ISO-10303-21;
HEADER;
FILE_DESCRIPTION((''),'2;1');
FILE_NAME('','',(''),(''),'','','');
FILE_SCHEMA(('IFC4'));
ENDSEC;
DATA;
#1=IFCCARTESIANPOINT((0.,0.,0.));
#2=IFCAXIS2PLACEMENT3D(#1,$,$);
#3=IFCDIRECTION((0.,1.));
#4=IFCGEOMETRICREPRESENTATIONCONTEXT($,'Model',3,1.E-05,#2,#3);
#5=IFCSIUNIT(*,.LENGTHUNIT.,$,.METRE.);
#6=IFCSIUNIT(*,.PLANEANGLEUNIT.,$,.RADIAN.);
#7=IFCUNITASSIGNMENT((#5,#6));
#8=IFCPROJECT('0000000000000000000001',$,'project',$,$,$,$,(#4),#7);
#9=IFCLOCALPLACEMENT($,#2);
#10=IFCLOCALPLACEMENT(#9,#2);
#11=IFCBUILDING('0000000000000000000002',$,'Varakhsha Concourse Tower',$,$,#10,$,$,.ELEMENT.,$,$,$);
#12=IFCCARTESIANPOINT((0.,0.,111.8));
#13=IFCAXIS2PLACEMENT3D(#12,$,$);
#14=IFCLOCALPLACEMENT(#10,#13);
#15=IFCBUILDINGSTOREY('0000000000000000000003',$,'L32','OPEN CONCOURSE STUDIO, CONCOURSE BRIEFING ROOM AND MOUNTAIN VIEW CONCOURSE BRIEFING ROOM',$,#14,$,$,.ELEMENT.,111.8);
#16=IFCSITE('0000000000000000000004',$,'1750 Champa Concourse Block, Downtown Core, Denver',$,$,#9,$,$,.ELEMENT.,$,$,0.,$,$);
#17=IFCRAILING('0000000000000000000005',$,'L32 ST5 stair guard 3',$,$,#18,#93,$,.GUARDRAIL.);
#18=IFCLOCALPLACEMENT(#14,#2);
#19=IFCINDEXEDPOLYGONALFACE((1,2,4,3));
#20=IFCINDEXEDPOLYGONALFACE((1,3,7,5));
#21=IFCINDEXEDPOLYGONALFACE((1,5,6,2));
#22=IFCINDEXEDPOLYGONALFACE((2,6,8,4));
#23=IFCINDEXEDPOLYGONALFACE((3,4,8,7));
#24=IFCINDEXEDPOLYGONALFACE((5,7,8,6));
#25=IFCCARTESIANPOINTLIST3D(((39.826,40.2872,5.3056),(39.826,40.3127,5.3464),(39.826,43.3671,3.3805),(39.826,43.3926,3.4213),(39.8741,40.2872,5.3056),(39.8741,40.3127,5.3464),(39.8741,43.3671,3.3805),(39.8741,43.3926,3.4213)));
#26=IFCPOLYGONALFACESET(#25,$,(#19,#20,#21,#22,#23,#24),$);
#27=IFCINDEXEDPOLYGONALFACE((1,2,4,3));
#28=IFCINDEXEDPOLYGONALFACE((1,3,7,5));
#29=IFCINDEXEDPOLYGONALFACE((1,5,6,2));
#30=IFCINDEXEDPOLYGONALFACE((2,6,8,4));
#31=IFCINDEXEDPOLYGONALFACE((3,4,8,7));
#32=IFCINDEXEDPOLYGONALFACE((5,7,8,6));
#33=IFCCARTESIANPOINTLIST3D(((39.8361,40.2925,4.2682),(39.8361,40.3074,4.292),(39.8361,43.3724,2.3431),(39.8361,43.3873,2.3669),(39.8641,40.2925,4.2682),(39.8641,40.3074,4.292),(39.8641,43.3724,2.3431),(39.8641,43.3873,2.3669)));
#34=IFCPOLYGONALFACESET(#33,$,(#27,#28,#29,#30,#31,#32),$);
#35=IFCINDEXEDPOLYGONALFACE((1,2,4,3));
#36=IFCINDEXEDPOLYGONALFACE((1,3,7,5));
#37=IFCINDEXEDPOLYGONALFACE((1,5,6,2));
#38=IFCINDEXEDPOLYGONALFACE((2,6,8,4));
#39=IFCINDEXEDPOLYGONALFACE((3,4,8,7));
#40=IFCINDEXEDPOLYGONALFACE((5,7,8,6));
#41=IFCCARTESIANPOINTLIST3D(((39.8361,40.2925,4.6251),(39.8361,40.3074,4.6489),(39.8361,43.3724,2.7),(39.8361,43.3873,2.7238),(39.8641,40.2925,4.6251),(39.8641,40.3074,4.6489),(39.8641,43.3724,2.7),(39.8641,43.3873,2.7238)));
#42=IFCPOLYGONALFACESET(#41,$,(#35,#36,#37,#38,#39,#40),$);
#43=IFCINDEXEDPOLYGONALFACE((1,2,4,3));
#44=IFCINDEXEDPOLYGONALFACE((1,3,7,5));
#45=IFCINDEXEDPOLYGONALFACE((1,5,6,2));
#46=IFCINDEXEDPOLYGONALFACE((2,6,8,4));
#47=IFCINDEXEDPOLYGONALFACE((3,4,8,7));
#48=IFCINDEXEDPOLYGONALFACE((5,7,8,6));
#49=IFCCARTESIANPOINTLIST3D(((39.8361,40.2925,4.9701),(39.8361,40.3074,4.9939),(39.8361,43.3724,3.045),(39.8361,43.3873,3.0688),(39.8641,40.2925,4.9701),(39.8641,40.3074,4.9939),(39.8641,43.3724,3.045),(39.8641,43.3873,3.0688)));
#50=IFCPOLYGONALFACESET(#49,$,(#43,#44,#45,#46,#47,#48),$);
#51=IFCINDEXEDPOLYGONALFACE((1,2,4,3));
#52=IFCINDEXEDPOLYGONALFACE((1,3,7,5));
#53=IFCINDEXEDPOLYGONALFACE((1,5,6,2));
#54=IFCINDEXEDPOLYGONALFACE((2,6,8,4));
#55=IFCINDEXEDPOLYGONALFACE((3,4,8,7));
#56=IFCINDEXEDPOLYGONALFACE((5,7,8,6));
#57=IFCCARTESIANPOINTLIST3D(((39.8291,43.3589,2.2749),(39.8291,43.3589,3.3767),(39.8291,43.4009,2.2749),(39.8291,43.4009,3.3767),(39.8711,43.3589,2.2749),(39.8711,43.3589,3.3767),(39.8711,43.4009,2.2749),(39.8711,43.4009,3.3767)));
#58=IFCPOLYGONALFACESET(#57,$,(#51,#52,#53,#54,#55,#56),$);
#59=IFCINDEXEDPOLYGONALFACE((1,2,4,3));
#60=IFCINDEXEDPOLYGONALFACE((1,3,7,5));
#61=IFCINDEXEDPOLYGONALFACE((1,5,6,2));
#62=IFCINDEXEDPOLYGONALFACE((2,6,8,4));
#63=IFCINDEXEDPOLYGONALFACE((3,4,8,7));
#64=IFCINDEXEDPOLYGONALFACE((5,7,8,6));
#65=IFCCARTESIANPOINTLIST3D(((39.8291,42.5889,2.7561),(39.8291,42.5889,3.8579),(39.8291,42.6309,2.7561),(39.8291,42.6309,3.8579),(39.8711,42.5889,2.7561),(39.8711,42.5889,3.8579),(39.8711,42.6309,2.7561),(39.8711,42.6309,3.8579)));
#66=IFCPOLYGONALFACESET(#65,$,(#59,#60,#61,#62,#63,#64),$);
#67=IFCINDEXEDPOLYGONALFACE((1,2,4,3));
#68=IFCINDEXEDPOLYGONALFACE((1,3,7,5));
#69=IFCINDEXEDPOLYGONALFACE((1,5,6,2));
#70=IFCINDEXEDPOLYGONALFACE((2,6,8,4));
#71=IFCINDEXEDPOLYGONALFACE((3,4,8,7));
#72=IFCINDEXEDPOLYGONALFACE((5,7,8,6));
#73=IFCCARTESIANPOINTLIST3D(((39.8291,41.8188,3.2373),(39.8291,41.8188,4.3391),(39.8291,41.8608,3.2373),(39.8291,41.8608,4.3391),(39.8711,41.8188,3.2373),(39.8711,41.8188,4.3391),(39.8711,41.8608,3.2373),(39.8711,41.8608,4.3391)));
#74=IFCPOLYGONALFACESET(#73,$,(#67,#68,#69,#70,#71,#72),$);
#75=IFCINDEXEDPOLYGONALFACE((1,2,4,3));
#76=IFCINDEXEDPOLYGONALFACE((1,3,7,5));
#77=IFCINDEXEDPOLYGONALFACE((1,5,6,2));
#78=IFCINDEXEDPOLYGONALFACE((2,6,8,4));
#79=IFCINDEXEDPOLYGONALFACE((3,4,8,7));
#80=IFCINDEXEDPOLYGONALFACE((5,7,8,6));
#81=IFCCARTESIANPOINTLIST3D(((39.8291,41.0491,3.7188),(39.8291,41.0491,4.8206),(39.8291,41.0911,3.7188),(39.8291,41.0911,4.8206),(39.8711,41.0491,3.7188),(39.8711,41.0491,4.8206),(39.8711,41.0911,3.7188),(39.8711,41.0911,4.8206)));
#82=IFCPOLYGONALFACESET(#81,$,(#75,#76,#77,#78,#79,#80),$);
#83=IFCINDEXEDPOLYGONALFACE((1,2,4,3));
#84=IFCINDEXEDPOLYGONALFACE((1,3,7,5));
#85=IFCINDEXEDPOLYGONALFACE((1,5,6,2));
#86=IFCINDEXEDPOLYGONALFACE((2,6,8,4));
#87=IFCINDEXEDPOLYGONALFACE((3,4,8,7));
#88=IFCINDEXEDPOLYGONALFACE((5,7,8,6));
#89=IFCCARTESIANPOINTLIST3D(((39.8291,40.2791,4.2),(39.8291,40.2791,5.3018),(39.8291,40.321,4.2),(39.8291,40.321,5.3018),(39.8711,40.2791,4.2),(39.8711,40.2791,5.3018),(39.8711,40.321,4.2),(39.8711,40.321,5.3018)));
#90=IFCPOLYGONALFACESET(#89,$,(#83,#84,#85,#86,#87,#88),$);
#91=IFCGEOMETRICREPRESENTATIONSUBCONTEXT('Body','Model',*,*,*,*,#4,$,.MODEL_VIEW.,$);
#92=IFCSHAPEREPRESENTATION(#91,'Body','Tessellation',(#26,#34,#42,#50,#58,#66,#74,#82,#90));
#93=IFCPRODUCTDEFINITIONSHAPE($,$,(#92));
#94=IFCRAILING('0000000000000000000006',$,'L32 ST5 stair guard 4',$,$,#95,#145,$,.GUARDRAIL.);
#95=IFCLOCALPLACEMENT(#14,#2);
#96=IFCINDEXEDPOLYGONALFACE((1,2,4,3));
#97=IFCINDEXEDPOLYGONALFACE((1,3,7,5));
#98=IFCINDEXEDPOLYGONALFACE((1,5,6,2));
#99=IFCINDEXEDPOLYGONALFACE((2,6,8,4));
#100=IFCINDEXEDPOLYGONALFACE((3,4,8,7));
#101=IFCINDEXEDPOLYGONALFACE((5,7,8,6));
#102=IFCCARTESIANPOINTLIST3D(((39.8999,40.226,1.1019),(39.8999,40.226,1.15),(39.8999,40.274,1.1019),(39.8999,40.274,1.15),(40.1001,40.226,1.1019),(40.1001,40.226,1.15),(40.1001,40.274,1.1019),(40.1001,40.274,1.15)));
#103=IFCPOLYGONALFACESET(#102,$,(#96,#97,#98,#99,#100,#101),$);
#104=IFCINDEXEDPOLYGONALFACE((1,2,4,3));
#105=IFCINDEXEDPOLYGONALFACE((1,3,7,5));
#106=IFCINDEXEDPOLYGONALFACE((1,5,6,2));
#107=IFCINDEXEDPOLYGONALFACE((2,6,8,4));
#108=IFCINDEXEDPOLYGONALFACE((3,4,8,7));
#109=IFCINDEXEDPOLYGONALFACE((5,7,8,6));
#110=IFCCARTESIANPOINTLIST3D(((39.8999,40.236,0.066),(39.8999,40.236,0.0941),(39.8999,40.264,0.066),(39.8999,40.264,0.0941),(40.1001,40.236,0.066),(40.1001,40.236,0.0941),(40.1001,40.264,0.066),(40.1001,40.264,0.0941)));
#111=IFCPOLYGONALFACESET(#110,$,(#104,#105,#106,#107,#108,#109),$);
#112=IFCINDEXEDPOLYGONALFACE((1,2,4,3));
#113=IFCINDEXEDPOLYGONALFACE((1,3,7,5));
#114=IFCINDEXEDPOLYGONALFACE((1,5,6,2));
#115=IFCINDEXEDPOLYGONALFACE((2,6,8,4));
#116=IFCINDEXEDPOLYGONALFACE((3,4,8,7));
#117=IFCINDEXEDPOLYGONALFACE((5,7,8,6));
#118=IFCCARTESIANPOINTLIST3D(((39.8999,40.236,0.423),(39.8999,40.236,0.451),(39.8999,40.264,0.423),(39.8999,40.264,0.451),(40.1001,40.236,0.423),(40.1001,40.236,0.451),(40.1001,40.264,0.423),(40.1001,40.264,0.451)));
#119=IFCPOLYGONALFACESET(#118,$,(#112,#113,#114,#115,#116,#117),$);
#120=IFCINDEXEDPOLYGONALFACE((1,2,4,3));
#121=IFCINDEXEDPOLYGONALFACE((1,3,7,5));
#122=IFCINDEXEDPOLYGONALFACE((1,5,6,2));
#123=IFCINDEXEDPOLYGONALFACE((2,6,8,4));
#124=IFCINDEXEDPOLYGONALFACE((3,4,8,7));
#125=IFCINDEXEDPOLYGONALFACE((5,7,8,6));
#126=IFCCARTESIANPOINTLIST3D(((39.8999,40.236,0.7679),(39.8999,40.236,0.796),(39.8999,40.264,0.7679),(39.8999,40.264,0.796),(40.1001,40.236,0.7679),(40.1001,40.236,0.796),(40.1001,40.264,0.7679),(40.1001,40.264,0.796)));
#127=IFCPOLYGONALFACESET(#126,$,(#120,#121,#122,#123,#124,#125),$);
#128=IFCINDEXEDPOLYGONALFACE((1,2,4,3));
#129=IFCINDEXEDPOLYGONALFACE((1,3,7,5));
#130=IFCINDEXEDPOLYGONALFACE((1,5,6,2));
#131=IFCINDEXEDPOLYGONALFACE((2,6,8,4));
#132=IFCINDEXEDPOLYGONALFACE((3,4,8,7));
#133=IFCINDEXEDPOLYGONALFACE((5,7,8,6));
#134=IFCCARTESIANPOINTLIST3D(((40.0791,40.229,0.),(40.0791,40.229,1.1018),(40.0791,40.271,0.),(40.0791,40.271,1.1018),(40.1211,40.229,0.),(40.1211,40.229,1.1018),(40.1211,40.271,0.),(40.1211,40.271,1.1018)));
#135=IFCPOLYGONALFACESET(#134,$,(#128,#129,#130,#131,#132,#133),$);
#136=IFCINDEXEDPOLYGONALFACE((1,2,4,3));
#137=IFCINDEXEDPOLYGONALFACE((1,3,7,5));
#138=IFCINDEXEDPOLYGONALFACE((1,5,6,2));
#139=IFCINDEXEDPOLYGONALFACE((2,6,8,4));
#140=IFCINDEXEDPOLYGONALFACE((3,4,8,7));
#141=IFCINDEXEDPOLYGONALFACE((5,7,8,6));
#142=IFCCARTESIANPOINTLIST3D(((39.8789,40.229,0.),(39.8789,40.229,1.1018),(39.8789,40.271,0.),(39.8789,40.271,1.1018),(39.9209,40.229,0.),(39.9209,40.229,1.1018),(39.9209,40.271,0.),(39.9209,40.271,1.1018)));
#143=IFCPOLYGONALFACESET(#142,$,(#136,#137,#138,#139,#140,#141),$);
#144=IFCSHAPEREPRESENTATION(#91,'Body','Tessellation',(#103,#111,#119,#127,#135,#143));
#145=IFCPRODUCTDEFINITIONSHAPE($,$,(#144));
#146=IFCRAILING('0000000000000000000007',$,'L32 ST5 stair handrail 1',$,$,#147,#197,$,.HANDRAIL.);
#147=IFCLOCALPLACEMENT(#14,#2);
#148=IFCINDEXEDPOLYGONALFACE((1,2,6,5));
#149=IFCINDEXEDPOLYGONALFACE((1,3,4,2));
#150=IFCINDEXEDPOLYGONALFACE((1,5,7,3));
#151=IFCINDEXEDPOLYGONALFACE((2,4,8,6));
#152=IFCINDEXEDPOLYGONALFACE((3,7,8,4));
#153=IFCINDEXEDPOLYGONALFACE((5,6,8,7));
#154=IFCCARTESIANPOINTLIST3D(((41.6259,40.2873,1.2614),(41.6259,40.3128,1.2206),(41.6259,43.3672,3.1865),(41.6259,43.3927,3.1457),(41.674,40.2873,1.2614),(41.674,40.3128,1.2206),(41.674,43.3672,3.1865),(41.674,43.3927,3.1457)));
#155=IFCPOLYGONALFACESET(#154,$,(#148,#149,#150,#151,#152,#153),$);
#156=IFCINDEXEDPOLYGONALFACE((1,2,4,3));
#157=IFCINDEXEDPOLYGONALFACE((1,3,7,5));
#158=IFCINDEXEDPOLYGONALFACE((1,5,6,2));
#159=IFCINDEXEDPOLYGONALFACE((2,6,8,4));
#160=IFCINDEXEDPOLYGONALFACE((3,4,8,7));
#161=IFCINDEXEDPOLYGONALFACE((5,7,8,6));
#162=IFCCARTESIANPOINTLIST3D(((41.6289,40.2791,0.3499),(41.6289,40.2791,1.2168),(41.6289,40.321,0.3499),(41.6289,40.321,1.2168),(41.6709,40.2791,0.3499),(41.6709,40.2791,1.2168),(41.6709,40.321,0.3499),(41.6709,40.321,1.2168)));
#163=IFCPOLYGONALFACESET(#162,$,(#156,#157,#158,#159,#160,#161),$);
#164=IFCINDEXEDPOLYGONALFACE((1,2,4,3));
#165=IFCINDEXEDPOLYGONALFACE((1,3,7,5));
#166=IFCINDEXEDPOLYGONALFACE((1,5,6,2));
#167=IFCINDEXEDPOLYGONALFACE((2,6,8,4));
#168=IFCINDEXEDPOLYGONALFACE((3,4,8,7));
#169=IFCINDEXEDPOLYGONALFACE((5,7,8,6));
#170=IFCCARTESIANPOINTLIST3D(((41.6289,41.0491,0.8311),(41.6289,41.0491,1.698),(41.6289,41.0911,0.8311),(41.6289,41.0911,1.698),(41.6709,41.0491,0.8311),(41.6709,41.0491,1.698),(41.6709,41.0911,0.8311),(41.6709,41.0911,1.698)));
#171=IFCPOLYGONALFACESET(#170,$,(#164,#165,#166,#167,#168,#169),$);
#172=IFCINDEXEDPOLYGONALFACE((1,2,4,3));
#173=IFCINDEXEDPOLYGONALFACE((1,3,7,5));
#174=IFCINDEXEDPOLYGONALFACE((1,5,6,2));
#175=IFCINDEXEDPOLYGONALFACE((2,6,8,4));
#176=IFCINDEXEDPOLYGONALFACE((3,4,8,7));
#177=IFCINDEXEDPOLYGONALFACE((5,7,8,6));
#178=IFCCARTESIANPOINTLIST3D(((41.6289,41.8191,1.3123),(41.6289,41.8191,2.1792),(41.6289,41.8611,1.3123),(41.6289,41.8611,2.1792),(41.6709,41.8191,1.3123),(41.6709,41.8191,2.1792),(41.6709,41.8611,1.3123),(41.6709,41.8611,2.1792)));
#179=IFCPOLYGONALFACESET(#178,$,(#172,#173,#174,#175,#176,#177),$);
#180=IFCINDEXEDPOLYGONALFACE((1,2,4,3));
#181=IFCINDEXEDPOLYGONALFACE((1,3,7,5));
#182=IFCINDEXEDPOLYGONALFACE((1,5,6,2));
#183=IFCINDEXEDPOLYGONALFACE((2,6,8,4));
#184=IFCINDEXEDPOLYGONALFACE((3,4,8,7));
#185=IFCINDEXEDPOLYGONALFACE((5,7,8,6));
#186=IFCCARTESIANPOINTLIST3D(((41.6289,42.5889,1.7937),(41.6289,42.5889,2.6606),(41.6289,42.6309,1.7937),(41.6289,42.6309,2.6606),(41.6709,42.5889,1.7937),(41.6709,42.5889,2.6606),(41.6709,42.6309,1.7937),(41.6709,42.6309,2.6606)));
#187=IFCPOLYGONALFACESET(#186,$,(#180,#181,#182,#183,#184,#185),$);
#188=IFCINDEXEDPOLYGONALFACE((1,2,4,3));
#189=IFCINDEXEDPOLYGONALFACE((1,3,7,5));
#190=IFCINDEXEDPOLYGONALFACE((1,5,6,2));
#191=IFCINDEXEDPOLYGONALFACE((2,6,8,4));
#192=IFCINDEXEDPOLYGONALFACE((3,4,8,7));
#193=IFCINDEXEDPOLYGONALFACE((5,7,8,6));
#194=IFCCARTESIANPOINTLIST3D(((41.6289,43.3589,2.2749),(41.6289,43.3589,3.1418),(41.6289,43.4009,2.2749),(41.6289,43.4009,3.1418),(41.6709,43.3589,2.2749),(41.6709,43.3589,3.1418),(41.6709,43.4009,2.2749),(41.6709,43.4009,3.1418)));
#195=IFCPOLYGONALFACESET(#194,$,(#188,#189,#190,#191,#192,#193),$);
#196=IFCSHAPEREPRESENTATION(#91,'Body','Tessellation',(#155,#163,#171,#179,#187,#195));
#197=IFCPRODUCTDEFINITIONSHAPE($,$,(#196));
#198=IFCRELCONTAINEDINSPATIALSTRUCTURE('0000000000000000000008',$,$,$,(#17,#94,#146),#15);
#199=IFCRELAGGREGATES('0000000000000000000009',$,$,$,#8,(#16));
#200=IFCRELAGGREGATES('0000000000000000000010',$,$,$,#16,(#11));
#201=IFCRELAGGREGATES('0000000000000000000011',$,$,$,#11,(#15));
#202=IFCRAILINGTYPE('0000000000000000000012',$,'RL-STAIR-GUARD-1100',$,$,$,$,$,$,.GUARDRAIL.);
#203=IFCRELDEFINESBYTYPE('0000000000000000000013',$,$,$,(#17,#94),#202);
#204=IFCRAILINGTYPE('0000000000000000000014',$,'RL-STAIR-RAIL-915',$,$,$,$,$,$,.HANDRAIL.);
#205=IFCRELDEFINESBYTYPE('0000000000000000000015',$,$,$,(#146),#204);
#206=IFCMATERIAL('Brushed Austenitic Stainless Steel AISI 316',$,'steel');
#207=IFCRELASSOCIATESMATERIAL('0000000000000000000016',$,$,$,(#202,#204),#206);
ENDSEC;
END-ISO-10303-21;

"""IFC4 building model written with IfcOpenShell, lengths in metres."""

from ifc_helpers import new_model, si_unit, direction, frame, origin, origin_2d, place, context, subcontext, project, spatial, rectangle, extrude, material, type_object, element, save


model = new_model("IFC4")

# Units and contexts
model_context = context("Model", 3, precision=1e-05, world=origin(), true_north=direction((0.0, 1.0)))
body_context = subcontext(model_context, "Body", "Model", "MODEL_VIEW")
ifc_project = project(units=[si_unit("LENGTHUNIT", "METRE"), si_unit("PLANEANGLEUNIT", "RADIAN")], contexts=[model_context])

# Site, building, storey
site_placement = place(None, origin())
site = spatial("IfcSite", under=ifc_project, at=site_placement, Name="1750 Champa Concourse Block, Downtown Core, Denver", CompositionType="ELEMENT", RefElevation=0.0)
building_placement = place(site_placement, origin())
building = spatial("IfcBuilding", under=site, at=building_placement, Name="Varakhsha Concourse Tower", CompositionType="ELEMENT")
storey_placement = place(building_placement, frame((0.0, 0.0, 111.8)))
storey = spatial("IfcBuildingStorey", under=building, at=storey_placement, Name="L32", Description="OPEN CONCOURSE STUDIO, CONCOURSE BRIEFING ROOM AND MOUNTAIN VIEW CONCOURSE BRIEFING ROOM", CompositionType="ELEMENT", Elevation=111.8)

# Railings
ifc_material_1 = material(Name="Brushed Austenitic Stainless Steel AISI 316", Category="steel")
railing_type_1 = type_object("IfcRailingType", Name="RL-STAIR-GUARD-1100", PredefinedType="GUARDRAIL", material=ifc_material_1)
railing_1_placement = place(storey_placement, frame((39.8501, 43.3799, 2.2749)))
element("IfcRailing", 1, at=railing_1_placement, inside=storey, type_object=railing_type_1, Name="L32 ST5 stair guard 3", PredefinedType="GUARDRAIL", context=body_context, shape_type="SweptSolid", body=[
    extrude(rectangle(XDim=0.0481, YDim=0.0481, at=origin_2d()), frame((0.0, 0.0, 1.126), z_axis=(0.0, -0.847979, 0.530029), x_axis=(1.0, 0.0, 0.0)), (0.0, 0.0, 1.0), 3.6321),
    extrude(rectangle(XDim=0.0281, YDim=0.0281, at=origin_2d()), frame((0.0, 0.0, 0.0801), z_axis=(0.0, -0.847979, 0.530029), x_axis=(1.0, 0.0, 0.0)), (0.0, 0.0, 1.0), 3.6321),
    extrude(rectangle(XDim=0.0281, YDim=0.0281, at=origin_2d()), frame((0.0, 0.0, 0.437), z_axis=(0.0, -0.847979, 0.530029), x_axis=(1.0, 0.0, 0.0)), (0.0, 0.0, 1.0), 3.6321),
    extrude(rectangle(XDim=0.0281, YDim=0.0281, at=origin_2d()), frame((0.0, 0.0, 0.782), z_axis=(0.0, -0.847979, 0.530029), x_axis=(1.0, 0.0, 0.0)), (0.0, 0.0, 1.0), 3.6321),
    extrude(rectangle(XDim=0.042, YDim=0.042, at=origin_2d()), origin(), (0.0, 0.0, 1.0), 1.1018),
    extrude(rectangle(XDim=0.042, YDim=0.042, at=origin_2d()), frame((0.0, -0.77, 0.4812)), (0.0, 0.0, 1.0), 1.1018),
    extrude(rectangle(XDim=0.042, YDim=0.042, at=origin_2d()), frame((0.0, -1.54, 0.9624)), (0.0, 0.0, 1.0), 1.1018),
    extrude(rectangle(XDim=0.042, YDim=0.042, at=origin_2d()), frame((0.0, -2.3098, 1.4438)), (0.0, 0.0, 1.0), 1.1018),
    extrude(rectangle(XDim=0.042, YDim=0.042, at=origin_2d()), frame((0.0, -3.0798, 1.925)), (0.0, 0.0, 1.0), 1.1018),
])
railing_2_placement = place(storey_placement, frame((40.1001, 40.25, 0.0)))
element("IfcRailing", 2, at=railing_2_placement, inside=storey, type_object=railing_type_1, Name="L32 ST5 stair guard 4", PredefinedType="GUARDRAIL", context=body_context, shape_type="SweptSolid", body=[
    extrude(rectangle(XDim=0.0481, YDim=0.0481, at=origin_2d()), frame((0.0, 0.0, 1.126), z_axis=(-1.0, 0.0, 0.0), x_axis=(0.0, -1.0, 0.0)), (0.0, 0.0, 1.0), 0.2002),
    extrude(rectangle(XDim=0.0281, YDim=0.0281, at=origin_2d()), frame((0.0, 0.0, 0.0801), z_axis=(-1.0, 0.0, 0.0), x_axis=(0.0, -1.0, 0.0)), (0.0, 0.0, 1.0), 0.2002),
    extrude(rectangle(XDim=0.0281, YDim=0.0281, at=origin_2d()), frame((0.0, 0.0, 0.437), z_axis=(-1.0, 0.0, 0.0), x_axis=(0.0, -1.0, 0.0)), (0.0, 0.0, 1.0), 0.2002),
    extrude(rectangle(XDim=0.0281, YDim=0.0281, at=origin_2d()), frame((0.0, 0.0, 0.782), z_axis=(-1.0, 0.0, 0.0), x_axis=(0.0, -1.0, 0.0)), (0.0, 0.0, 1.0), 0.2002),
    extrude(rectangle(XDim=0.042, YDim=0.042, at=origin_2d()), origin(), (0.0, 0.0, 1.0), 1.1018),
    extrude(rectangle(XDim=0.042, YDim=0.042, at=origin_2d()), frame((-0.2002, 0.0, 0.0)), (0.0, 0.0, 1.0), 1.1018),
])
railing_type_2 = type_object("IfcRailingType", Name="RL-STAIR-RAIL-915", PredefinedType="HANDRAIL", material=ifc_material_1)
railing_3_placement = place(storey_placement, frame((41.6499, 40.3, 0.3499)))
element("IfcRailing", 3, at=railing_3_placement, inside=storey, type_object=railing_type_2, Name="L32 ST5 stair handrail 1", PredefinedType="HANDRAIL", context=body_context, shape_type="SweptSolid", body=[
    extrude(rectangle(XDim=0.0481, YDim=0.0481, at=origin_2d()), frame((0.0, 0.0, 0.8911), z_axis=(0.0, 0.847979, 0.530029), x_axis=(-1.0, 0.0, 0.0)), (0.0, 0.0, 1.0), 3.6321),
    extrude(rectangle(XDim=0.042, YDim=0.042, at=origin_2d()), origin(), (0.0, 0.0, 1.0), 0.8669),
    extrude(rectangle(XDim=0.042, YDim=0.042, at=origin_2d()), frame((0.0, 0.77, 0.4812)), (0.0, 0.0, 1.0), 0.8669),
    extrude(rectangle(XDim=0.042, YDim=0.042, at=origin_2d()), frame((0.0, 1.54, 0.9624)), (0.0, 0.0, 1.0), 0.8669),
    extrude(rectangle(XDim=0.042, YDim=0.042, at=origin_2d()), frame((0.0, 2.3098, 1.4438)), (0.0, 0.0, 1.0), 0.8669),
    extrude(rectangle(XDim=0.042, YDim=0.042, at=origin_2d()), frame((0.0, 3.0798, 1.925)), (0.0, 0.0, 1.0), 0.8669),
])

save(model, "model.ifc")
